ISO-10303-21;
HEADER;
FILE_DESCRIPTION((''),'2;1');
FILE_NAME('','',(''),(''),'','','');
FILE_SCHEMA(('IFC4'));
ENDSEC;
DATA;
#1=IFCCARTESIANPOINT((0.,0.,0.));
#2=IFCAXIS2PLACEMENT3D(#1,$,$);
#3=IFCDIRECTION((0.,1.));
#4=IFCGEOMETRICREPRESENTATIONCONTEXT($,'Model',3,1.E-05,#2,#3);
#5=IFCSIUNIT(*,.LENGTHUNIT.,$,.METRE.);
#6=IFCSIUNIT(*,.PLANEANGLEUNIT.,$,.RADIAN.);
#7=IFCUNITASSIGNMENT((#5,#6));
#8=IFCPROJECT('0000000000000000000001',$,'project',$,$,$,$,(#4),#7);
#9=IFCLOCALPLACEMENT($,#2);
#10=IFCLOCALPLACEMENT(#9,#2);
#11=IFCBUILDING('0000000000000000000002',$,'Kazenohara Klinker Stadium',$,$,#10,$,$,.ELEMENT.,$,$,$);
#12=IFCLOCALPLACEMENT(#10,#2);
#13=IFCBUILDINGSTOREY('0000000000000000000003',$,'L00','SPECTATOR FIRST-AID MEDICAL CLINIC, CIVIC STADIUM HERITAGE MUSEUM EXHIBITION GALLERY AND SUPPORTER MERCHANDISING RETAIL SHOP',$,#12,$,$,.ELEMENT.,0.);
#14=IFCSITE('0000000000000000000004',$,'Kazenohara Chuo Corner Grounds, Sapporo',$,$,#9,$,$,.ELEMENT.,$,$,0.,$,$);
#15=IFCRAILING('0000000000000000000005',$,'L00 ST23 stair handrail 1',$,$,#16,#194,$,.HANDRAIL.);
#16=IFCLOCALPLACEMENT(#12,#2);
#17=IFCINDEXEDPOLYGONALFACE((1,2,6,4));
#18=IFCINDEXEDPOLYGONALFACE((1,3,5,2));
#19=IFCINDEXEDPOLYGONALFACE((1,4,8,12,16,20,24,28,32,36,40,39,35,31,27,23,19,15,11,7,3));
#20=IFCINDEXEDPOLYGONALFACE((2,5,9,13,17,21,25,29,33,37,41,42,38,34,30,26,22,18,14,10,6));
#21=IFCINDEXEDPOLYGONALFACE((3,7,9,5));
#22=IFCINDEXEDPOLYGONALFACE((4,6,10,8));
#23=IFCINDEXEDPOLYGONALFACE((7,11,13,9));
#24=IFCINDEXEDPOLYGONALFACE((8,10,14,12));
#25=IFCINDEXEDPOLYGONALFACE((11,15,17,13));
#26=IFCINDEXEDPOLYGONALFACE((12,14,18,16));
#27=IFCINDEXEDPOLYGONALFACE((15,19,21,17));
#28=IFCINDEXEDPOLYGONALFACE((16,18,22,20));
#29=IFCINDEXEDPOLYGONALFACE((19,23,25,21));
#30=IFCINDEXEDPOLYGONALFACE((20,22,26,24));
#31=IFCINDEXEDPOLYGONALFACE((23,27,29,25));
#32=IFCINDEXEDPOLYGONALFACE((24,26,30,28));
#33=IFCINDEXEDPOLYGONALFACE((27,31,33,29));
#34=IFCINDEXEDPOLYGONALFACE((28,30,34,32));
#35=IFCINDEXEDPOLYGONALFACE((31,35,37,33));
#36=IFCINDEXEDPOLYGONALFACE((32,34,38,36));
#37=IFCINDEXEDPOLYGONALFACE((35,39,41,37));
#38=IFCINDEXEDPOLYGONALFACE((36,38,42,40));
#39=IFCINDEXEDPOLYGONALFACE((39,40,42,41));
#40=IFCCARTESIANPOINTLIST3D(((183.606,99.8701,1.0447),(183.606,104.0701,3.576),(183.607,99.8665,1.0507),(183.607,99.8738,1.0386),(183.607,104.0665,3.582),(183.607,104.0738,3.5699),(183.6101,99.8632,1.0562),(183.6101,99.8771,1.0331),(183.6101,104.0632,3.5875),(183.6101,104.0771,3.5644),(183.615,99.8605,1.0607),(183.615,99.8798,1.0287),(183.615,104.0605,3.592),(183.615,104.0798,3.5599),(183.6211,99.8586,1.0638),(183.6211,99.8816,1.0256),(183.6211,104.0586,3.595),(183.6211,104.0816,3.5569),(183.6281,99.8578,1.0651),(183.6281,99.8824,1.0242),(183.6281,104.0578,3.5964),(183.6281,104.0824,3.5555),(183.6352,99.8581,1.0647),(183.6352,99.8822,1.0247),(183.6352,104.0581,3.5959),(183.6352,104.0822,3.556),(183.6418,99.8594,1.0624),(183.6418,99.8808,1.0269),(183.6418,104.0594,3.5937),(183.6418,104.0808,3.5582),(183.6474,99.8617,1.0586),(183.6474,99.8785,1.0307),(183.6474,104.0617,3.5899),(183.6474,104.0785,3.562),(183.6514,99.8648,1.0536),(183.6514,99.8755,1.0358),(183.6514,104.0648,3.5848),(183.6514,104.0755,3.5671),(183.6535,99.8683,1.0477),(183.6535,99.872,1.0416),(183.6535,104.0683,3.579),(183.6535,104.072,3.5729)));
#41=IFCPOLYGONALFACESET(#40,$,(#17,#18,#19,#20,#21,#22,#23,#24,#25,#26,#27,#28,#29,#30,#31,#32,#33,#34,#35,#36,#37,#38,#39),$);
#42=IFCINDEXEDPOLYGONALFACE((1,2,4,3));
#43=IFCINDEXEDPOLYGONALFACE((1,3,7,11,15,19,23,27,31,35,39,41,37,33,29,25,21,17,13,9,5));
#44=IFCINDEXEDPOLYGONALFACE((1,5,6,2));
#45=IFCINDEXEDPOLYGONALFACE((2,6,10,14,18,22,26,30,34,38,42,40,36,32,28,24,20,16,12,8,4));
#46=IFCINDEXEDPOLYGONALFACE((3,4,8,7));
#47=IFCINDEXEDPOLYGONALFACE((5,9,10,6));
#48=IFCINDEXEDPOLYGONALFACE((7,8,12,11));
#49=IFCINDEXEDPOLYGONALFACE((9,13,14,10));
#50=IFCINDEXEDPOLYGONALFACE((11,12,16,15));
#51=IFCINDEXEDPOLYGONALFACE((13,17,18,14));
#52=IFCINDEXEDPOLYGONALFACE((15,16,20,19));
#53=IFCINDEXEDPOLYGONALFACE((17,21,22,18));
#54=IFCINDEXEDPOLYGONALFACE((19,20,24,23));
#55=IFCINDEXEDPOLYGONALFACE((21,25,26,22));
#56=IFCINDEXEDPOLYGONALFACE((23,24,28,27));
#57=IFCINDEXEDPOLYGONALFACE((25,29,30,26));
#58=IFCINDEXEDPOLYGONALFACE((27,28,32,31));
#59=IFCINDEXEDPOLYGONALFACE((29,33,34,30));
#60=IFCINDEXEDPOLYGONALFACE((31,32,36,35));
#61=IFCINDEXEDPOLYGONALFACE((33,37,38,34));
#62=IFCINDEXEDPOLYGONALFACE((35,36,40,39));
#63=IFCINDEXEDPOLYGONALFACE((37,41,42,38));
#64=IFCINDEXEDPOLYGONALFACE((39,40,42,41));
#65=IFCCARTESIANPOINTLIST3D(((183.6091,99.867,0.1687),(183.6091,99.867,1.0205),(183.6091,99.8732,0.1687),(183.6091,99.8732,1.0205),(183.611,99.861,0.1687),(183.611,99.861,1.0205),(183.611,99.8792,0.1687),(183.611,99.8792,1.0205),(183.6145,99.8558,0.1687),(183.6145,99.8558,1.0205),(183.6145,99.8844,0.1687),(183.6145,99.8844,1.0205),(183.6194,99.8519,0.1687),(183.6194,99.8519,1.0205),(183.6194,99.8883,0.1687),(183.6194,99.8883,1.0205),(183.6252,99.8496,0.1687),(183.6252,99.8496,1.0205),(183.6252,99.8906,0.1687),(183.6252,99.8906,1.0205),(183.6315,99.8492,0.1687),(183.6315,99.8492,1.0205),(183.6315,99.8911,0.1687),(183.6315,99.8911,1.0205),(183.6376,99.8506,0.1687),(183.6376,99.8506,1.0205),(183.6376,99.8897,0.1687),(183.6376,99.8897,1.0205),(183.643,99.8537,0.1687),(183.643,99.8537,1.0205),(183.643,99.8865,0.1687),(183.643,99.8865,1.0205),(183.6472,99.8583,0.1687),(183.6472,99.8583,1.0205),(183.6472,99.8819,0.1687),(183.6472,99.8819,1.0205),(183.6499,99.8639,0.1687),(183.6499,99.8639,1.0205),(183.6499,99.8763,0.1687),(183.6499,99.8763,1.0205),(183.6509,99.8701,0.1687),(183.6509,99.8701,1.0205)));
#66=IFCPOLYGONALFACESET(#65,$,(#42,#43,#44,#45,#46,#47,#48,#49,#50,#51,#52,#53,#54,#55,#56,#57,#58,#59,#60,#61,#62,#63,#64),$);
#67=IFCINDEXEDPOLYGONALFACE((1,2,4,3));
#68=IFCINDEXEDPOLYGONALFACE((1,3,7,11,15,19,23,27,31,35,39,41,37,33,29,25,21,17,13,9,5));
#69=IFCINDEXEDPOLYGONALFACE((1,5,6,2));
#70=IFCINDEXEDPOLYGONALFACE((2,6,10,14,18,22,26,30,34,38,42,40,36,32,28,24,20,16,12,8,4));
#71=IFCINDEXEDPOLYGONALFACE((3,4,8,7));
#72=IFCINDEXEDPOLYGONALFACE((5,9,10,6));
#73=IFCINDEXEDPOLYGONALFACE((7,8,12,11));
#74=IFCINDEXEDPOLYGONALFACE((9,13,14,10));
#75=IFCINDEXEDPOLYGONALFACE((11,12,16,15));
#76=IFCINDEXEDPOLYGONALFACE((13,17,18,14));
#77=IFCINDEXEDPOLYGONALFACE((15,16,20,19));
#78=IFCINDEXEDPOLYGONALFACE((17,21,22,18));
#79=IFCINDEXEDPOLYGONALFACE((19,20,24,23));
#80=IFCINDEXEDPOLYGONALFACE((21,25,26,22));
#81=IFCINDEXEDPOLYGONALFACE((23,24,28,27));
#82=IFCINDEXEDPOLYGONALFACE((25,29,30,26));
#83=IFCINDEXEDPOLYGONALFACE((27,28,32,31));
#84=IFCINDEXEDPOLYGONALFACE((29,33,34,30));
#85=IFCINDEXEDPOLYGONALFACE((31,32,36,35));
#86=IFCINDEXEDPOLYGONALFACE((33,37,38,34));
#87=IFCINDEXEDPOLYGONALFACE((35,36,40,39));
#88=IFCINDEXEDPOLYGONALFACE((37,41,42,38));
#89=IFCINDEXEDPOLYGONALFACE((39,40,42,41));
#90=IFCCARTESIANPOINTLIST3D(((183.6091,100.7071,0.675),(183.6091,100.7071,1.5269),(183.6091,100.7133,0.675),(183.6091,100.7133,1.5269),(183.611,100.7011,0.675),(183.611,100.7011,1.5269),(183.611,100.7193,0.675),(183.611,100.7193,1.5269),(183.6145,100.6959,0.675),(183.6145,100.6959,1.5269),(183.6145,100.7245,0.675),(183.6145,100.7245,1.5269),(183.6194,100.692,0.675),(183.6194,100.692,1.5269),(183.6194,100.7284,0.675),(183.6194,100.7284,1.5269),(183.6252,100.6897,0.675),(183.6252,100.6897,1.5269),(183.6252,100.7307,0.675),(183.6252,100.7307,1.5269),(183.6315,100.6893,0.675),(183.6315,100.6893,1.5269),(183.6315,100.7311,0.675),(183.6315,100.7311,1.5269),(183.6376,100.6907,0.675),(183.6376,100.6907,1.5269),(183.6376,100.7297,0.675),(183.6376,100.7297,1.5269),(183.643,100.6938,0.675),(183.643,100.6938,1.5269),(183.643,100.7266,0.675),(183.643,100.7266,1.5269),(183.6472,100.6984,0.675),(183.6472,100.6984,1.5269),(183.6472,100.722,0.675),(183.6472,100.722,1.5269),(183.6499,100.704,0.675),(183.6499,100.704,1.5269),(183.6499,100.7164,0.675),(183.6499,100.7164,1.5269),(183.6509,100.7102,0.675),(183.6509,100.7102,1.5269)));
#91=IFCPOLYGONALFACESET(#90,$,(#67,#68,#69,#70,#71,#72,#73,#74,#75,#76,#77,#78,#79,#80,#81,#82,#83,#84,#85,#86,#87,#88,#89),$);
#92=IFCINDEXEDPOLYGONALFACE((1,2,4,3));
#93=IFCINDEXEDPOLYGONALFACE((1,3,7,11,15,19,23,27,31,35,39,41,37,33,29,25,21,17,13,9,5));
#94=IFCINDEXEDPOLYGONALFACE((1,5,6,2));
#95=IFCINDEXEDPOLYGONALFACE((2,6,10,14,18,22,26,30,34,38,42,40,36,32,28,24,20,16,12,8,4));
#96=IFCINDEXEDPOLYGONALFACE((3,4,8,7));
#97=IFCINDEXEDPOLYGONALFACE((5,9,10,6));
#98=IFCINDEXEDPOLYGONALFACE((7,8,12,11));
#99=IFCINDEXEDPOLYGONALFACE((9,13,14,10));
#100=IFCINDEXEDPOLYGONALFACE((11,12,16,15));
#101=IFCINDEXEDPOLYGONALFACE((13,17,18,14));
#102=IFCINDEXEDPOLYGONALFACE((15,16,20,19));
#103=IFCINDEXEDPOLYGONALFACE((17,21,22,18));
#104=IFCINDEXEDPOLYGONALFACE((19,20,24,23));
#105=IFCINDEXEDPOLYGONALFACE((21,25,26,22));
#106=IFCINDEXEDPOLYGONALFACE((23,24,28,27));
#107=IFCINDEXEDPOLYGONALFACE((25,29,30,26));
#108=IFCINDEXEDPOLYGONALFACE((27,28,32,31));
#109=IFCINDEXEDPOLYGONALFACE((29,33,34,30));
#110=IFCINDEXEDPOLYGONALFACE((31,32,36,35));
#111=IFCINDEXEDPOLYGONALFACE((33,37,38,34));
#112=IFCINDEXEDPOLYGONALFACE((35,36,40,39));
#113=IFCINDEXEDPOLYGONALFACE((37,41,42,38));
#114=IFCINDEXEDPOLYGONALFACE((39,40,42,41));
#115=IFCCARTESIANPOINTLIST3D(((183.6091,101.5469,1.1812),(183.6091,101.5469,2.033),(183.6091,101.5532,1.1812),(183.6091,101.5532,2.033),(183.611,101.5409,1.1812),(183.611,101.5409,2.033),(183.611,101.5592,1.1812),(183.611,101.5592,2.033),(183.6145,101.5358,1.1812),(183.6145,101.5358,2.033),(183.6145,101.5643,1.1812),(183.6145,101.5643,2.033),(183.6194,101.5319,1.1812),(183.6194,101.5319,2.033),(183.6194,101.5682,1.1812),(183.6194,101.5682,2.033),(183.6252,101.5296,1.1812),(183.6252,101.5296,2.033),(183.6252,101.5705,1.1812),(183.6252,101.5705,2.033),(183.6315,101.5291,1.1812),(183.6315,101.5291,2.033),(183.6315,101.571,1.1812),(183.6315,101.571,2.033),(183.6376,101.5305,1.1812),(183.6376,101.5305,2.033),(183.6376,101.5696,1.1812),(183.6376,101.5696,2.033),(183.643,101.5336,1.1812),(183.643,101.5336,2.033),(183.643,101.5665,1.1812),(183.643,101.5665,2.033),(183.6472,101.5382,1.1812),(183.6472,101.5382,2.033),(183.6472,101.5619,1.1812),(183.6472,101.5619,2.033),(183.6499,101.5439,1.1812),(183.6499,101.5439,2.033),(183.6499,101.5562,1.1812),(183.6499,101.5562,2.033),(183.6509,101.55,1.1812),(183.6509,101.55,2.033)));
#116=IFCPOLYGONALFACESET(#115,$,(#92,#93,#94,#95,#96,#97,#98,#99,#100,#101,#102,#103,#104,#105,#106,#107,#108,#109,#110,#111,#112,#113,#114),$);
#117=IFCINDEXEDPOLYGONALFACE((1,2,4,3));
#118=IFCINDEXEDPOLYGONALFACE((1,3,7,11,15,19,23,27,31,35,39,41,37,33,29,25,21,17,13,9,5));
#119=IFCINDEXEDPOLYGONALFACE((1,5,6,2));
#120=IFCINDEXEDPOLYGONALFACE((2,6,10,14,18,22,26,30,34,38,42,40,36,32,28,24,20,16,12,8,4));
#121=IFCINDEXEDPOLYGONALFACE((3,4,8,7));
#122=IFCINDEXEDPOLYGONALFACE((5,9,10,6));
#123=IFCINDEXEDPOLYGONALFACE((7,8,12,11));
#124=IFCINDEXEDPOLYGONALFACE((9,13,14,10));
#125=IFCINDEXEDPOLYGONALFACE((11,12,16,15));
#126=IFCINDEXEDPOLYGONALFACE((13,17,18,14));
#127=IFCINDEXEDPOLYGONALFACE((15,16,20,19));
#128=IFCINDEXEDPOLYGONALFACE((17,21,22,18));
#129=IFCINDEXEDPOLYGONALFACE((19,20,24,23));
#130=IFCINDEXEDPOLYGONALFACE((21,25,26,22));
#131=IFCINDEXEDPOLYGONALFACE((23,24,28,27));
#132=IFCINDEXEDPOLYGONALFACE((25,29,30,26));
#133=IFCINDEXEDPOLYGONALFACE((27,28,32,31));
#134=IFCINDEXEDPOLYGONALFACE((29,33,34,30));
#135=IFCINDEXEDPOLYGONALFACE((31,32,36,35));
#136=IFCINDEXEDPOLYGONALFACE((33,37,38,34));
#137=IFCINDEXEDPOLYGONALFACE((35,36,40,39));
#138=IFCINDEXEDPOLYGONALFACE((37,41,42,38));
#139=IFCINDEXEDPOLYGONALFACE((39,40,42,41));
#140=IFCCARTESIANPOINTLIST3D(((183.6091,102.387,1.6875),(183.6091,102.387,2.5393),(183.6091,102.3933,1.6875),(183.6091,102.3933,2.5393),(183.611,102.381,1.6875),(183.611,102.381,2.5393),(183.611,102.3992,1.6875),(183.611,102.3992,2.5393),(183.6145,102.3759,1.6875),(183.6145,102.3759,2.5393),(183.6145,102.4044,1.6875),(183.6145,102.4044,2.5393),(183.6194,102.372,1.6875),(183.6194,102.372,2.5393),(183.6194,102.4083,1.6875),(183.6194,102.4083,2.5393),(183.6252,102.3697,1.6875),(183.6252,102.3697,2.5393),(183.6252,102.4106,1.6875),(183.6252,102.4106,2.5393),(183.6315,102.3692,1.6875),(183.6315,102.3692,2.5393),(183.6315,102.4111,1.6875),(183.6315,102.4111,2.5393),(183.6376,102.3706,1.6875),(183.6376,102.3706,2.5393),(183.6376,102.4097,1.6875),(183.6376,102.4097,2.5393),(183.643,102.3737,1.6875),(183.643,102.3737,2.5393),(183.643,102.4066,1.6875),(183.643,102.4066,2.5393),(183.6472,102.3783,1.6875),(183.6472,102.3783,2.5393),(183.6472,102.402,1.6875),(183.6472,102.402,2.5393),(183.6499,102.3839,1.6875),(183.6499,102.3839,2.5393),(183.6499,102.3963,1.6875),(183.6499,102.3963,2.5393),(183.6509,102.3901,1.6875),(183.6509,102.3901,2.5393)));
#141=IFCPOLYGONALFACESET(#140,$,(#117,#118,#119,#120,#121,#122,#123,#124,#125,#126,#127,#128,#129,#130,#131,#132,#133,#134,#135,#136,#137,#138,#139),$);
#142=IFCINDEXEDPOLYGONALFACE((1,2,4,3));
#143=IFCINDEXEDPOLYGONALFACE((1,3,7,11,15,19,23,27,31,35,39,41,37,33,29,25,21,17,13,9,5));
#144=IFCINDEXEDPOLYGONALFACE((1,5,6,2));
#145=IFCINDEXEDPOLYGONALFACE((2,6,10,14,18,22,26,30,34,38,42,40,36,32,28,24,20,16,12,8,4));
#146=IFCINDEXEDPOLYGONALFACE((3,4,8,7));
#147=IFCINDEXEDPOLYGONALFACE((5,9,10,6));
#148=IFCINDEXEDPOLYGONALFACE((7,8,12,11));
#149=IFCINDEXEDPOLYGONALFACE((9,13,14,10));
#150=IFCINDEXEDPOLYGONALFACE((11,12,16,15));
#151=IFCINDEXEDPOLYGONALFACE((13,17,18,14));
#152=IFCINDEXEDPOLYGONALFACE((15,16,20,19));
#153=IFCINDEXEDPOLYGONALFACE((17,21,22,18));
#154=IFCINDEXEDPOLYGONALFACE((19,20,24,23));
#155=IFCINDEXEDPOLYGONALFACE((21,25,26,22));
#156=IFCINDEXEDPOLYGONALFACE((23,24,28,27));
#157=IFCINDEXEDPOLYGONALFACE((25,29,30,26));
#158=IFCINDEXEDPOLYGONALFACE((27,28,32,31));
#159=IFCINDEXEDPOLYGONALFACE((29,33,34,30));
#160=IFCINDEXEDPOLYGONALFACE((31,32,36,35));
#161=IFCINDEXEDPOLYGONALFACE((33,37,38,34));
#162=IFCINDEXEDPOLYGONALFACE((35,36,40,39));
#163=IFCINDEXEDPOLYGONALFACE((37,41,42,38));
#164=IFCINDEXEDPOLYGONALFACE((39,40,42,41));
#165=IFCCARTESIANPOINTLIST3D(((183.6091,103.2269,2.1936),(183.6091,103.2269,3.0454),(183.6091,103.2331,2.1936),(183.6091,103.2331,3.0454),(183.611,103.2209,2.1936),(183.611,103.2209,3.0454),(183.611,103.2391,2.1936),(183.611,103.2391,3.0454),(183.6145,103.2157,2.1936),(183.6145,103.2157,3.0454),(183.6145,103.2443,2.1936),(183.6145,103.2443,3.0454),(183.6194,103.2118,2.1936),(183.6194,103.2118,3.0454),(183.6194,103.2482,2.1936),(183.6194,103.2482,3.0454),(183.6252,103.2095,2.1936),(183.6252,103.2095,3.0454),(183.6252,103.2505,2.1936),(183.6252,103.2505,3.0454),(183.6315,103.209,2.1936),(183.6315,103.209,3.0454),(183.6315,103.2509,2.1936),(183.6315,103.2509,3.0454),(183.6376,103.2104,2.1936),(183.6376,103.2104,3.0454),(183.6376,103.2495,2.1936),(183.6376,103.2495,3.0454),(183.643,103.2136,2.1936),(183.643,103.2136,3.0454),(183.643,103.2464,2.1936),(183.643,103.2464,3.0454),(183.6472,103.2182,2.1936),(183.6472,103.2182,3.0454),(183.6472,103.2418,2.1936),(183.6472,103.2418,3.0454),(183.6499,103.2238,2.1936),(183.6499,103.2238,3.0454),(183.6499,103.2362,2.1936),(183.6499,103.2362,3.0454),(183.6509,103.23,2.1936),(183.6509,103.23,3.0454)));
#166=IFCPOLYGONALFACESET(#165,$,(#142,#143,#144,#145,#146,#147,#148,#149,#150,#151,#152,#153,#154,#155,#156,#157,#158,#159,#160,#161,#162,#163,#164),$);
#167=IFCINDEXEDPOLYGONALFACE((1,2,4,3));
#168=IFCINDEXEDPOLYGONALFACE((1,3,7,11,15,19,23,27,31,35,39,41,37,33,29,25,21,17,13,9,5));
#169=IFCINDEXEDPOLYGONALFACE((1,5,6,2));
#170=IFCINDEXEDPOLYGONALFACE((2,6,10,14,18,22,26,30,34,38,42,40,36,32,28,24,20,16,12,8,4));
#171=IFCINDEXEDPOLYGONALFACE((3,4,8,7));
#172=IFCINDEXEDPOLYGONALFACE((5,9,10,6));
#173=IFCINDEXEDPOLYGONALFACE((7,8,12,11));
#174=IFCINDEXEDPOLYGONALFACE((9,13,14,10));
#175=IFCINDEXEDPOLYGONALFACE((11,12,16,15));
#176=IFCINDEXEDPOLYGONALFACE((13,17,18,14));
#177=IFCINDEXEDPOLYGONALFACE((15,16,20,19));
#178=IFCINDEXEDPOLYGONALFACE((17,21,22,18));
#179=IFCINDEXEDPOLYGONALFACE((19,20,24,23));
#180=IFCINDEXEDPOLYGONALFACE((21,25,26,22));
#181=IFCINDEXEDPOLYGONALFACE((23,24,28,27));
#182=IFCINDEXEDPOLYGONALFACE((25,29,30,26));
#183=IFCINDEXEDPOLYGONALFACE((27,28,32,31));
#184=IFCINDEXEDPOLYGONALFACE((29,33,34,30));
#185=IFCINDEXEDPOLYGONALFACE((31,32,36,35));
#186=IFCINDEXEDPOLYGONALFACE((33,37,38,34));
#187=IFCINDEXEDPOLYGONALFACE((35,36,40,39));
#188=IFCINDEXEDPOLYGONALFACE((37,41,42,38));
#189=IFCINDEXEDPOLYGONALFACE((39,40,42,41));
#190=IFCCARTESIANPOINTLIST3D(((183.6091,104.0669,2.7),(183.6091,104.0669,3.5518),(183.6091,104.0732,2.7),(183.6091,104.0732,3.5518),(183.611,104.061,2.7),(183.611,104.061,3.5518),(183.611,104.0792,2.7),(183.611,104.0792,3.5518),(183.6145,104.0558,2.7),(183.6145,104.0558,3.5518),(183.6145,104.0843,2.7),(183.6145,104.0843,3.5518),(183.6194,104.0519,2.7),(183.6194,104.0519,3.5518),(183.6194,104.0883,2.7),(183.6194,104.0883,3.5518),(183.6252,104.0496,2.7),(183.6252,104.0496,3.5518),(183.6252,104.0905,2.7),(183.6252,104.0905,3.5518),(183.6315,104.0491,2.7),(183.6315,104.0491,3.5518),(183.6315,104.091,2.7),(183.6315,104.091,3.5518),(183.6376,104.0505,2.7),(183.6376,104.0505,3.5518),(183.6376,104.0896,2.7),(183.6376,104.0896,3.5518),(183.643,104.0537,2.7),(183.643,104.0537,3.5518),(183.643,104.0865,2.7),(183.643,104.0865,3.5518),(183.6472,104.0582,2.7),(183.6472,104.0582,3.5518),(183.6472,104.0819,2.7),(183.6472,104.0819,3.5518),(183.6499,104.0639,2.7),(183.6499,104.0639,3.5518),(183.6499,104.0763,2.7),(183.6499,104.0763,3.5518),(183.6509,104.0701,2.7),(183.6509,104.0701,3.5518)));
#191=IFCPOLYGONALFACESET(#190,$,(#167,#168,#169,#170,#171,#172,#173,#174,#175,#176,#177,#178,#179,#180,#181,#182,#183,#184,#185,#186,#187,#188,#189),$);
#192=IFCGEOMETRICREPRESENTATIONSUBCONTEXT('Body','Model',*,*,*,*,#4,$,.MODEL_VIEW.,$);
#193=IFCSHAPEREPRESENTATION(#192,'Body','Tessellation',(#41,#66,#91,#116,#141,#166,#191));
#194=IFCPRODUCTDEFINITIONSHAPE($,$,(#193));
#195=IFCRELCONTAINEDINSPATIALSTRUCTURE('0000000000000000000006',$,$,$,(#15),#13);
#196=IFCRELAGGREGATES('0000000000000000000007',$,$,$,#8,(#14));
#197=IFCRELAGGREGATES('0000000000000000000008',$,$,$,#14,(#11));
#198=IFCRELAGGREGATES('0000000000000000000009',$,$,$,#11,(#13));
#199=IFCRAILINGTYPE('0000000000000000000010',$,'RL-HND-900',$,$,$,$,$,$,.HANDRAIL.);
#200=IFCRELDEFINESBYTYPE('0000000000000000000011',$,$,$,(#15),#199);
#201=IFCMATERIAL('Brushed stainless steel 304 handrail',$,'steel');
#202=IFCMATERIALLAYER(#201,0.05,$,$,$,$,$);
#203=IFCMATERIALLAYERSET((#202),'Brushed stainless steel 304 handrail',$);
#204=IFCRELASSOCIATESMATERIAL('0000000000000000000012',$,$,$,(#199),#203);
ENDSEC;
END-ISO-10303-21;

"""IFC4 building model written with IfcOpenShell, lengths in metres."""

from ifc_helpers import new_model, si_unit, direction, frame, origin, origin_2d, place, context, subcontext, project, spatial, circle, extrude, material, layer, layer_set, type_object, element, save


model = new_model("IFC4")

# Units and contexts
model_context = context("Model", 3, precision=1e-05, world=origin(), true_north=direction((0.0, 1.0)))
body_context = subcontext(model_context, "Body", "Model", "MODEL_VIEW")
ifc_project = project(units=[si_unit("LENGTHUNIT", "METRE"), si_unit("PLANEANGLEUNIT", "RADIAN")], contexts=[model_context])

# Site, building, storey
site_placement = place(None, origin())
site = spatial("IfcSite", under=ifc_project, at=site_placement, Name="Kazenohara Chuo Corner Grounds, Sapporo", CompositionType="ELEMENT", RefElevation=0.0)
building_placement = place(site_placement, origin())
building = spatial("IfcBuilding", under=site, at=building_placement, Name="Kazenohara Klinker Stadium", CompositionType="ELEMENT")
storey_placement = place(building_placement, origin())
storey = spatial("IfcBuildingStorey", under=building, at=storey_placement, Name="L00", Description="SPECTATOR FIRST-AID MEDICAL CLINIC, CIVIC STADIUM HERITAGE MUSEUM EXHIBITION GALLERY AND SUPPORTER MERCHANDISING RETAIL SHOP", CompositionType="ELEMENT", Elevation=0.0)

# Railing
ifc_material_1 = material(Name="Brushed stainless steel 304 handrail", Category="steel")
ifc_layer_1 = layer(ifc_material_1, 0.05)
ifc_layer_set_1 = layer_set([ifc_layer_1], Name="Brushed stainless steel 304 handrail")
railing_type_1 = type_object("IfcRailingType", Name="RL-HND-900", PredefinedType="HANDRAIL", material=ifc_layer_set_1)
railing_1_placement = place(storey_placement, frame((183.6299, 99.8701, 0.1687)))
element("IfcRailing", 1, at=railing_1_placement, inside=storey, type_object=railing_type_1, Name="L00 ST23 stair handrail 1", PredefinedType="HANDRAIL", context=body_context, shape_type="SweptSolid", body=[
    extrude(circle(Radius=0.0239, at=origin_2d()), frame((0.0, 0.0, 0.876), z_axis=(0.0, 0.856476, 0.516186), x_axis=(-1.0, 0.0, 0.0)), (0.0, 0.0, 1.0), 4.9038),
    extrude(circle(Radius=0.021, at=origin_2d()), origin(), (0.0, 0.0, 1.0), 0.8518),
    extrude(circle(Radius=0.021, at=origin_2d()), frame((0.0, 0.8401, 0.5063)), (0.0, 0.0, 1.0), 0.8518),
    extrude(circle(Radius=0.021, at=origin_2d()), frame((0.0, 1.6799, 1.0125)), (0.0, 0.0, 1.0), 0.8518),
    extrude(circle(Radius=0.021, at=origin_2d()), frame((0.0, 2.52, 1.5188)), (0.0, 0.0, 1.0), 0.8518),
    extrude(circle(Radius=0.021, at=origin_2d()), frame((0.0, 3.3599, 2.0249)), (0.0, 0.0, 1.0), 0.8518),
    extrude(circle(Radius=0.021, at=origin_2d()), frame((0.0, 4.2, 2.5312)), (0.0, 0.0, 1.0), 0.8518),
])

save(model, "model.ifc")
